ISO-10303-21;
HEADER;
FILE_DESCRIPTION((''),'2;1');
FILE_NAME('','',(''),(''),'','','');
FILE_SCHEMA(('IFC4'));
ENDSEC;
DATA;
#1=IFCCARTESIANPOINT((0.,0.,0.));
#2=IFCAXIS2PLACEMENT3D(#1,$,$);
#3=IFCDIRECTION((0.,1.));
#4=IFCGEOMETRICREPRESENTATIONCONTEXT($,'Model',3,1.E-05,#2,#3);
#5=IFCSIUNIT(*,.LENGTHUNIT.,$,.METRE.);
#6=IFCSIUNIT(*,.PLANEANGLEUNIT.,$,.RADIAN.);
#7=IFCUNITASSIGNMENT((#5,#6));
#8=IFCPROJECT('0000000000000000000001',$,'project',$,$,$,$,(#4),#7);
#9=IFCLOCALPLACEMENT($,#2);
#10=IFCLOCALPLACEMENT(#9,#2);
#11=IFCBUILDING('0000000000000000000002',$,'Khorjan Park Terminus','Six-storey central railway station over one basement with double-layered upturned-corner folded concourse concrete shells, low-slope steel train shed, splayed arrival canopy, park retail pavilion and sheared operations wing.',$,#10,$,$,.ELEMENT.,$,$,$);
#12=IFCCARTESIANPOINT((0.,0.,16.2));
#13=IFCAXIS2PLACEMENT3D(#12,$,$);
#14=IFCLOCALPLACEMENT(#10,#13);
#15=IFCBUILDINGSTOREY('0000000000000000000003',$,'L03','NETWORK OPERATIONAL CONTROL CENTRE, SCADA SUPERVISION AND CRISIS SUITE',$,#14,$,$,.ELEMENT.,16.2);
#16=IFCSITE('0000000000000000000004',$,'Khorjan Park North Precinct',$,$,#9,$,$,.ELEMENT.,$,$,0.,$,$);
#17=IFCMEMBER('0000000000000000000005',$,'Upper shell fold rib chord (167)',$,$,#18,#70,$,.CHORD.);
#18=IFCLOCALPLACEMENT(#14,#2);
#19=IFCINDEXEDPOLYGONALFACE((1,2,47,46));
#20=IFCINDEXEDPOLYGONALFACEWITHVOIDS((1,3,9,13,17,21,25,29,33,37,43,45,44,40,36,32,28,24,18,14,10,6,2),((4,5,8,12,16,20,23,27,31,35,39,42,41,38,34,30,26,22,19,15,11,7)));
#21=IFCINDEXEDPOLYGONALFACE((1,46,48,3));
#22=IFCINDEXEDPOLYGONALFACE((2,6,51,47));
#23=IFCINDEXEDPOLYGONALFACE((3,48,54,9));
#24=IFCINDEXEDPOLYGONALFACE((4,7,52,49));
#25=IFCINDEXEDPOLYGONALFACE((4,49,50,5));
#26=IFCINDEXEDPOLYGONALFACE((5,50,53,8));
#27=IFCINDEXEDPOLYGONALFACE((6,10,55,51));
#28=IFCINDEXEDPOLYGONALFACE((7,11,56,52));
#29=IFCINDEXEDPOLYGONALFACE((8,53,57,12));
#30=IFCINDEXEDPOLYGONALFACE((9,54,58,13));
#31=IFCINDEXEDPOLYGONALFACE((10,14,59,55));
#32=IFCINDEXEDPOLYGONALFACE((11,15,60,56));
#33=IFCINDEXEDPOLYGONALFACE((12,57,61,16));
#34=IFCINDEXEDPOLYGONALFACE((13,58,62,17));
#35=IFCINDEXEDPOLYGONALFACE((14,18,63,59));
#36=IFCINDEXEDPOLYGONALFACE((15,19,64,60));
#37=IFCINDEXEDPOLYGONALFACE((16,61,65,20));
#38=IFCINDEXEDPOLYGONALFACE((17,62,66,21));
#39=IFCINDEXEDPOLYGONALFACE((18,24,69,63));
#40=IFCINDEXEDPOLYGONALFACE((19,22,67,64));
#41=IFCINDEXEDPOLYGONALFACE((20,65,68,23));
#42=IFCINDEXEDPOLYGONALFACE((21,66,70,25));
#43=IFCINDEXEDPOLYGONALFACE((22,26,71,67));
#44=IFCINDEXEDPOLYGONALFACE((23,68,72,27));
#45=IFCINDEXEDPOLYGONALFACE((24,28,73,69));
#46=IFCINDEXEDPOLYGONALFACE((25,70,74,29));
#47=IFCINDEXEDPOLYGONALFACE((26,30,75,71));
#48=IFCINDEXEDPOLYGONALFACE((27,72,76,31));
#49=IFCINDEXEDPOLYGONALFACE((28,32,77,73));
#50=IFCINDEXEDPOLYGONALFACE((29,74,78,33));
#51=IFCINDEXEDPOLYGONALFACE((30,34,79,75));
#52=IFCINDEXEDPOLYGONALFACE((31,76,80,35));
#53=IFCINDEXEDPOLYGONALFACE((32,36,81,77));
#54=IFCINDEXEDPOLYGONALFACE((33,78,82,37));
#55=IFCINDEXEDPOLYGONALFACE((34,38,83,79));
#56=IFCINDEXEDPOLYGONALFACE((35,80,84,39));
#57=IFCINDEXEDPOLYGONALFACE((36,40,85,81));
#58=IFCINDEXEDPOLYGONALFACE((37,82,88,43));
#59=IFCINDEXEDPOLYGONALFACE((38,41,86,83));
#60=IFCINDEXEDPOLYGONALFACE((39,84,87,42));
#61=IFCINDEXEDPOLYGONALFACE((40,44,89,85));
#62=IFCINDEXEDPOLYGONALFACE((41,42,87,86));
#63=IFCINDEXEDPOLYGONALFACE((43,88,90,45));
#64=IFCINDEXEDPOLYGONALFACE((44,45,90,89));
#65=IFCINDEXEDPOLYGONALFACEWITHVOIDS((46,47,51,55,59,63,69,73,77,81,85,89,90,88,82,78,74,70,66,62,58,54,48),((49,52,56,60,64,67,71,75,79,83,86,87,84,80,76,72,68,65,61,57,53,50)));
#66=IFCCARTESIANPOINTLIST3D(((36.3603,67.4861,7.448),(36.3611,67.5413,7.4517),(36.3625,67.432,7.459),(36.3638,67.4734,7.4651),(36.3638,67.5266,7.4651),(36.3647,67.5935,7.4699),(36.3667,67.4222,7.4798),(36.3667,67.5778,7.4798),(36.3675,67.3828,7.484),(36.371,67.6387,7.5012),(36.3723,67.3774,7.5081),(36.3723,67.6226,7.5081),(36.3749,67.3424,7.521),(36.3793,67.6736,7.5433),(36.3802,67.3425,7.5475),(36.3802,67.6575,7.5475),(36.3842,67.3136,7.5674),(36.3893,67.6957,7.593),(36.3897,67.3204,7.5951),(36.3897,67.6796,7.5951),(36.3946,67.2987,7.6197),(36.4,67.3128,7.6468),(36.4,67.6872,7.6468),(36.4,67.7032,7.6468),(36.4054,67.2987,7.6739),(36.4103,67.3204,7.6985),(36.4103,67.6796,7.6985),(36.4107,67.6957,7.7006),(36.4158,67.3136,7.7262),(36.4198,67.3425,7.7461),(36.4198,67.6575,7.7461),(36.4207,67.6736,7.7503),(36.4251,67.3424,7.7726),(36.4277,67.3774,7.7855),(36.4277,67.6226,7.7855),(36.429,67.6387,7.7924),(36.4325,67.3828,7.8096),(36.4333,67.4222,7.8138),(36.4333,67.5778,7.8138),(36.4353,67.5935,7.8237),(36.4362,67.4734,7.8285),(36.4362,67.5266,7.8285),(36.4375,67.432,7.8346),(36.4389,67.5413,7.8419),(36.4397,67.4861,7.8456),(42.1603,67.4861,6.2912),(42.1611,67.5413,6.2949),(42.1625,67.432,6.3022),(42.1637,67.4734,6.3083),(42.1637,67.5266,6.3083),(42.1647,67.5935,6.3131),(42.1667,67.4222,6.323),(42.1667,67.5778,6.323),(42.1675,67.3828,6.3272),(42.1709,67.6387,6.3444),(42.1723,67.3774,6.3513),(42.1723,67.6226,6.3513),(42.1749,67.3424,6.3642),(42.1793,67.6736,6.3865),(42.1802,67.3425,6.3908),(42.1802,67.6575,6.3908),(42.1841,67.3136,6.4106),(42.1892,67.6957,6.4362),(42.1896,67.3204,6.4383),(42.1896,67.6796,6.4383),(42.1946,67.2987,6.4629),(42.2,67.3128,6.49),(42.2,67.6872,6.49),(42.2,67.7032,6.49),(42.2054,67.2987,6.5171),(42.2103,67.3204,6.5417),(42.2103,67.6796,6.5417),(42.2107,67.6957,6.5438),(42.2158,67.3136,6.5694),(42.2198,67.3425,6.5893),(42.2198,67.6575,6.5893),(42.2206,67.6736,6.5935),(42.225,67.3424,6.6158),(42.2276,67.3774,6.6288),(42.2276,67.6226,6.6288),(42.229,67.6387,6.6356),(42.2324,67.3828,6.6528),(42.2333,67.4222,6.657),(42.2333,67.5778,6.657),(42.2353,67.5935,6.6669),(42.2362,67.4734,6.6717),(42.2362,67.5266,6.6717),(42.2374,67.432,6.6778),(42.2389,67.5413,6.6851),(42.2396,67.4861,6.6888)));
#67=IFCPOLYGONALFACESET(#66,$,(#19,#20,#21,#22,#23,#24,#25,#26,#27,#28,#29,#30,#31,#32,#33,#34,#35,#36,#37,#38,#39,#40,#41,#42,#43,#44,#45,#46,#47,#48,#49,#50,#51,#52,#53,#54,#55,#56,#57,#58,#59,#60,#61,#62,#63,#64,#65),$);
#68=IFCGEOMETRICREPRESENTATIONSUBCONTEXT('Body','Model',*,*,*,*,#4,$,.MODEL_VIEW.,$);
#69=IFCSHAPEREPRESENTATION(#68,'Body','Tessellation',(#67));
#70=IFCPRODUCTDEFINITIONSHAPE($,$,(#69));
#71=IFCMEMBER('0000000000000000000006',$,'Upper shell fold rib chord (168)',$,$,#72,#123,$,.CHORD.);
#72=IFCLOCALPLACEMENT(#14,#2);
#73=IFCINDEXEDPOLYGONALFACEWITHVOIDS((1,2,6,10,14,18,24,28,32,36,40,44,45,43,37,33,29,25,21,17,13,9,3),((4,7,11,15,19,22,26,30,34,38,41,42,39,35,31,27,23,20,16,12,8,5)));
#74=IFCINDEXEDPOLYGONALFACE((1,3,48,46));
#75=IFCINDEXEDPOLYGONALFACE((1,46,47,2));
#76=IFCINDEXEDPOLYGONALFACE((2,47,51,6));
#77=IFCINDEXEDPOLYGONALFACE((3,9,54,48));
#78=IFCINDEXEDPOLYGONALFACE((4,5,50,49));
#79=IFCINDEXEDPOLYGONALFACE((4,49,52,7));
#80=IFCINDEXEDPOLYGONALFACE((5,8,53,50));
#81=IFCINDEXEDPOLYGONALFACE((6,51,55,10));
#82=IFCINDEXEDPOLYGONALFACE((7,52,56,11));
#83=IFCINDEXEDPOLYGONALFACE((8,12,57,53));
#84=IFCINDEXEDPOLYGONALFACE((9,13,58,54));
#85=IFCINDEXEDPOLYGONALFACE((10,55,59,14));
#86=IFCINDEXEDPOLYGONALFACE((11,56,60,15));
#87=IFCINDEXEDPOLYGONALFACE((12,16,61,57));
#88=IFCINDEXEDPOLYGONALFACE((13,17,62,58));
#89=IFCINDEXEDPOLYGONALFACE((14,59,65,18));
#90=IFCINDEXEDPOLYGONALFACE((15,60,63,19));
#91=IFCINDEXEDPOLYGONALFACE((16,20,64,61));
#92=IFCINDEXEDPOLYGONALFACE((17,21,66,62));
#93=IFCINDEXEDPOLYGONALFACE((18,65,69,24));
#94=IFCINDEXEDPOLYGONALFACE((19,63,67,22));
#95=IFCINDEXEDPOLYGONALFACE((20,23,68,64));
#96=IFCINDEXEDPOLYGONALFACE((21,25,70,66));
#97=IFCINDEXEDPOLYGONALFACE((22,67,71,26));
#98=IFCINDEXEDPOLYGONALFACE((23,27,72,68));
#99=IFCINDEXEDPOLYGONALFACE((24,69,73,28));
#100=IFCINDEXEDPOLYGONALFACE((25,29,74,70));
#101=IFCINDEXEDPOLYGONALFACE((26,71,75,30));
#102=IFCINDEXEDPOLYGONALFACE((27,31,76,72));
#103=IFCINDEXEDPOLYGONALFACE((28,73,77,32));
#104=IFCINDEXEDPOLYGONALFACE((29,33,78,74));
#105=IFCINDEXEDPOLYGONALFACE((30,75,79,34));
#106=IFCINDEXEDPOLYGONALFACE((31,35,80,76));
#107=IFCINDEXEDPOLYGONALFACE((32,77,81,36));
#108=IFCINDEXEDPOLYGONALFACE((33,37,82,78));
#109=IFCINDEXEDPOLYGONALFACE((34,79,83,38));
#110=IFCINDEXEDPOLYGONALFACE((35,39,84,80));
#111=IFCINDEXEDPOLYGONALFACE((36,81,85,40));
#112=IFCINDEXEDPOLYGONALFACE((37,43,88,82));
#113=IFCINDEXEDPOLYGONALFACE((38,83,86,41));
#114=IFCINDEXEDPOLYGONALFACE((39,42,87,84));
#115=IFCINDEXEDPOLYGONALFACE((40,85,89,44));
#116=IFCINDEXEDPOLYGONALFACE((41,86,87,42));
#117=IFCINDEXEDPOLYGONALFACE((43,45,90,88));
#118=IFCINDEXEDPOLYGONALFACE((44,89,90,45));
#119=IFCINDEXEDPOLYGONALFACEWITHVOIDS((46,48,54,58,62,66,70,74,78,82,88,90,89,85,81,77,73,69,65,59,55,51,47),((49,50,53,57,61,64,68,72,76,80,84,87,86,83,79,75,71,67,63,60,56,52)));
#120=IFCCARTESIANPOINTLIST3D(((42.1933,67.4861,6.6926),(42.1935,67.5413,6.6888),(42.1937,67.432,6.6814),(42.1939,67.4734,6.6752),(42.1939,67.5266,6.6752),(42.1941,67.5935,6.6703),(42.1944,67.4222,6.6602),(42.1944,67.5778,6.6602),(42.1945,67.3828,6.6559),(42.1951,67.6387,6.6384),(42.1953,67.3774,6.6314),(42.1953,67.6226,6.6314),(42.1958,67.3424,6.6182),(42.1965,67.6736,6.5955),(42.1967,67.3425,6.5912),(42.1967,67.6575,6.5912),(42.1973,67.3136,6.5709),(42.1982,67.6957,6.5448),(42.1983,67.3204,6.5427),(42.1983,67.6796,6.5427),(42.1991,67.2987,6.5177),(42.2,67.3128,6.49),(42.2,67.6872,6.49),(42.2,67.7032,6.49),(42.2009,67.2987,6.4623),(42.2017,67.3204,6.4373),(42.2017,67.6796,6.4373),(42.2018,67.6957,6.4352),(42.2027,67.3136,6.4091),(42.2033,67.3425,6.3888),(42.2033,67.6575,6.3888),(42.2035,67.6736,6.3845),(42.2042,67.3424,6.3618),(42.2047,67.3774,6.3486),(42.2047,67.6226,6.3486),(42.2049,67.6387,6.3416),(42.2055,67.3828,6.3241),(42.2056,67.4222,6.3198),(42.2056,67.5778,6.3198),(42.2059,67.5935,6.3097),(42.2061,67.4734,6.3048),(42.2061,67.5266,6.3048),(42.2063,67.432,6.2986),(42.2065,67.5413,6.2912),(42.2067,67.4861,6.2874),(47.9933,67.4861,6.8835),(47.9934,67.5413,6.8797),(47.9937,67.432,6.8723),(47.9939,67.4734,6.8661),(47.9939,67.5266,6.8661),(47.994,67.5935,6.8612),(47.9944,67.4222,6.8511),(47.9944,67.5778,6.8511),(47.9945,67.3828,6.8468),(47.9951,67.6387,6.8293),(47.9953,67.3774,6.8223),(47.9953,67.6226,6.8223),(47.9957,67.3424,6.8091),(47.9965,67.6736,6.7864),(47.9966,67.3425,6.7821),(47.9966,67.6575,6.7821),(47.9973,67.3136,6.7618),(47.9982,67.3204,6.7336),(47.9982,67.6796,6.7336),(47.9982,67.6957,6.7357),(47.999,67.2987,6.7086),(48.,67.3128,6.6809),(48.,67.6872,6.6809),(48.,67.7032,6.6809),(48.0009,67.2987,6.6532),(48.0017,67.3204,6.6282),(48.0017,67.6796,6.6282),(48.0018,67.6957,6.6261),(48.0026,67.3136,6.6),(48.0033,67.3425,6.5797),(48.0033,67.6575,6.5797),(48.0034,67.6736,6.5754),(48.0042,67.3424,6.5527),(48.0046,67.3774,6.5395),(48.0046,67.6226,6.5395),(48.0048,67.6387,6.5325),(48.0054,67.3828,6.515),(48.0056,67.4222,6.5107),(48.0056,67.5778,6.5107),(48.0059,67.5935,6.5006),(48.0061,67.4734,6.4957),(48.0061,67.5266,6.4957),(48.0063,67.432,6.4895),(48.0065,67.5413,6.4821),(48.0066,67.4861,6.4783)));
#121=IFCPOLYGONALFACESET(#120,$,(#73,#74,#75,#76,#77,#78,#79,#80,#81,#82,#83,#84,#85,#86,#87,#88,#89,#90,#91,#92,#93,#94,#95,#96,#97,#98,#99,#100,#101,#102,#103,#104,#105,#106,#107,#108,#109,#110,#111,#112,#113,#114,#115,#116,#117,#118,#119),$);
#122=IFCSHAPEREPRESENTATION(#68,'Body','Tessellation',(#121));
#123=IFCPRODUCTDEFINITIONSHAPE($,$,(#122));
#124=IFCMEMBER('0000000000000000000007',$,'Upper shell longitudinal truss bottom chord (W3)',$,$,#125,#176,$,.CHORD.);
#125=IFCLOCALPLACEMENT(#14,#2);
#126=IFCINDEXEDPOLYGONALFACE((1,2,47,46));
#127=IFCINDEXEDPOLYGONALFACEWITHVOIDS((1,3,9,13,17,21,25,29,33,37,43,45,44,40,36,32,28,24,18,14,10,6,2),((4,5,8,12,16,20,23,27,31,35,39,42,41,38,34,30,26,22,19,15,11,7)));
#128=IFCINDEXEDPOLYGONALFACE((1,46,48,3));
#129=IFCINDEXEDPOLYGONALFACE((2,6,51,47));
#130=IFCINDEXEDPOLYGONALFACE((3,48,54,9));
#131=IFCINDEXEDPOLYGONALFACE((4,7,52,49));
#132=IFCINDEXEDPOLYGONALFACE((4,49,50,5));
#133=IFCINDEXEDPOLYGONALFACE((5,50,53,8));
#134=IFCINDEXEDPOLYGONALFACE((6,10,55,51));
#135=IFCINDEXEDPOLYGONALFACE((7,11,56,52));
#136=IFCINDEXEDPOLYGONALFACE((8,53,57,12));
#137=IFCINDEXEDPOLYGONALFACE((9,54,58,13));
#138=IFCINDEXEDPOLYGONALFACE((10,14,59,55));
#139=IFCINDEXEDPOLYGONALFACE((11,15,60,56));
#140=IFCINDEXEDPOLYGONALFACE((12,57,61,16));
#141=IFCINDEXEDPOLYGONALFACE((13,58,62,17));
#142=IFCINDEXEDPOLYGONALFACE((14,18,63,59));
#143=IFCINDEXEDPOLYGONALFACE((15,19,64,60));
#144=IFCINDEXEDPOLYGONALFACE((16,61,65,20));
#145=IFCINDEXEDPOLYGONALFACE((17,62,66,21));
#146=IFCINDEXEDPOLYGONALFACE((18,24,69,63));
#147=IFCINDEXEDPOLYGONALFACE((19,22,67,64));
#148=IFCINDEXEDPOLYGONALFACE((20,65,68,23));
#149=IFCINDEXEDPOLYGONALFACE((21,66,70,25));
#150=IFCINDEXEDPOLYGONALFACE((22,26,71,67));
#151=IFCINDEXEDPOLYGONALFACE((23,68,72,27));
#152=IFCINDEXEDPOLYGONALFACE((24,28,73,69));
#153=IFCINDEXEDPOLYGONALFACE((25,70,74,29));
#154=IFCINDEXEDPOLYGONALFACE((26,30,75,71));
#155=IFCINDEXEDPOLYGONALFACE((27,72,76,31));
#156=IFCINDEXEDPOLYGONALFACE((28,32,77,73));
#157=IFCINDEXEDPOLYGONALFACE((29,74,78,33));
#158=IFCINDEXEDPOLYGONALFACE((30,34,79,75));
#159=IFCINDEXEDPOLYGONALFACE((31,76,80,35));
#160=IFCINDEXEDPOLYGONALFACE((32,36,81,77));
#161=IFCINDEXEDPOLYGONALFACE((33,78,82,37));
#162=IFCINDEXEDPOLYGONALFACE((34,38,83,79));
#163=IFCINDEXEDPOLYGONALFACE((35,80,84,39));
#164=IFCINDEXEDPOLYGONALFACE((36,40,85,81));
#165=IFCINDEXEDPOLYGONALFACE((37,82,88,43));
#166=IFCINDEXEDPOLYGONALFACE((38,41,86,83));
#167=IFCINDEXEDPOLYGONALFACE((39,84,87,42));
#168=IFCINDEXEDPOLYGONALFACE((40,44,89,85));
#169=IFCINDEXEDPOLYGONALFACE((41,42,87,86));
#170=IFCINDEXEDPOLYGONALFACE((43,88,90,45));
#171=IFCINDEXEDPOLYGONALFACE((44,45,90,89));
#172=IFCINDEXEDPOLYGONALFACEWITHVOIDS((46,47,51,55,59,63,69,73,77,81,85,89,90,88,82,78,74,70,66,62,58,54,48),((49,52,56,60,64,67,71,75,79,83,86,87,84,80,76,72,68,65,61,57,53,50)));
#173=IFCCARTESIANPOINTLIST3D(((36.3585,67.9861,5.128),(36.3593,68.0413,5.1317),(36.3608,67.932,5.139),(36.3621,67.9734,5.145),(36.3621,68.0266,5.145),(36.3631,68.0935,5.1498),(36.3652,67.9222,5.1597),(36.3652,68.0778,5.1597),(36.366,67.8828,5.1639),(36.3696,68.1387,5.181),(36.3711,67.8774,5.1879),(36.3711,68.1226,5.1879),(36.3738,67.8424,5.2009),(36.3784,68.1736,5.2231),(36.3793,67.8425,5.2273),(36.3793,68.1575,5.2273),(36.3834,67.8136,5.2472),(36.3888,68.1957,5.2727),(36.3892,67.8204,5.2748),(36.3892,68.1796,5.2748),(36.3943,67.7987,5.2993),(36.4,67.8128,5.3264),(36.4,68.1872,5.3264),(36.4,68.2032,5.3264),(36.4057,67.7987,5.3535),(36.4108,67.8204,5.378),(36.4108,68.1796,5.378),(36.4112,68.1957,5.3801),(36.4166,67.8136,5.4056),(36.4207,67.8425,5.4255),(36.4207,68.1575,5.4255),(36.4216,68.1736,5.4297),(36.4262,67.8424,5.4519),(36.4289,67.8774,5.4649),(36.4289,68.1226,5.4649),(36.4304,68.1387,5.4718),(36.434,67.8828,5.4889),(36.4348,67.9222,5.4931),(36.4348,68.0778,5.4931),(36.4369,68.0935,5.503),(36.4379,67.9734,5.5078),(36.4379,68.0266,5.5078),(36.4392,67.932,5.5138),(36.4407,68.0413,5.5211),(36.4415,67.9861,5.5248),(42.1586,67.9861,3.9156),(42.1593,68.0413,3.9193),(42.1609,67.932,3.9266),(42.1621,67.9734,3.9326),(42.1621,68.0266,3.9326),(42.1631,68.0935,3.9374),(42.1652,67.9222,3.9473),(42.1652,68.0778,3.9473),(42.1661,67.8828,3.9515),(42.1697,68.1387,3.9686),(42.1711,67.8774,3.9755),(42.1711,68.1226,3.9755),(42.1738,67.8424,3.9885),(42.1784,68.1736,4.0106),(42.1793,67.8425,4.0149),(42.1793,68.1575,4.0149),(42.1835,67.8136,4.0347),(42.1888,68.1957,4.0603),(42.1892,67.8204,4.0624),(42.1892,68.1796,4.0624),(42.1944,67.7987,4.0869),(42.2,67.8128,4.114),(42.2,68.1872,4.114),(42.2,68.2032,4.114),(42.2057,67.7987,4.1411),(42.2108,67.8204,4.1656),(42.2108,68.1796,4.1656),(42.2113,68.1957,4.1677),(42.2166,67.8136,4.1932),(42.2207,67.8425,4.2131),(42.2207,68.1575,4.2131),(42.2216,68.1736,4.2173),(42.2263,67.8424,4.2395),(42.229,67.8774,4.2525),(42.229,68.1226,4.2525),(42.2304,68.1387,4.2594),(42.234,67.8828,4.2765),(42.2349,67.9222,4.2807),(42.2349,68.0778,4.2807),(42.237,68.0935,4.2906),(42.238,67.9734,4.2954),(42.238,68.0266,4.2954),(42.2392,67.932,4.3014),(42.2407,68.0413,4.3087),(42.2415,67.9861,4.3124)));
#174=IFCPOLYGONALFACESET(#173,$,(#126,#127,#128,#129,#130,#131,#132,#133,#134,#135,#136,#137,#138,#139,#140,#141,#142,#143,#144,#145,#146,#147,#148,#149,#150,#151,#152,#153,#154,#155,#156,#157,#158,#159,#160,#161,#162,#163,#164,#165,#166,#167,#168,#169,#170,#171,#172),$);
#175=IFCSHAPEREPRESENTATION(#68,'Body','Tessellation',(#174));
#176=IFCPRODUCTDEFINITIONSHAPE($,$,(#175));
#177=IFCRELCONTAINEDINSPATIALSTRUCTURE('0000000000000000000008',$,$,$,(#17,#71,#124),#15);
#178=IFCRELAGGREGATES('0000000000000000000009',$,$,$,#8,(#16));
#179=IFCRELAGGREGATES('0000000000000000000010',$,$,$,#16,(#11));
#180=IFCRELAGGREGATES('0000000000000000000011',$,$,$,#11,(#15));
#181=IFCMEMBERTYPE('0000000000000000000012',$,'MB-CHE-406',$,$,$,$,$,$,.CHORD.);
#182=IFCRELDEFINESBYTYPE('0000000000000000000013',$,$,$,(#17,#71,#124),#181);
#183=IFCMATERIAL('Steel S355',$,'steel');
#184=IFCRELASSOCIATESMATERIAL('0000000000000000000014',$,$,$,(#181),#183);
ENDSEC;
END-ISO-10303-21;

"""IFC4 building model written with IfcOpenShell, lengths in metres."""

from ifc_helpers import new_model, si_unit, direction, frame, origin, origin_2d, place, context, subcontext, project, spatial, hollow_circle, extrude, material, material_profile, profile_set, type_object, element, save


model = new_model("IFC4")

# Units and contexts
model_context = context("Model", 3, precision=1e-05, world=origin(), true_north=direction((0.0, 1.0)))
body_context = subcontext(model_context, "Body", "Model", "MODEL_VIEW")
ifc_project = project(units=[si_unit("LENGTHUNIT", "METRE"), si_unit("PLANEANGLEUNIT", "RADIAN")], contexts=[model_context])

# Site, building, storey
site_placement = place(None, origin())
site = spatial("IfcSite", under=ifc_project, at=site_placement, Name="Khorjan Park North Precinct", CompositionType="ELEMENT", RefElevation=0.0)
building_placement = place(site_placement, origin())
building = spatial("IfcBuilding", under=site, at=building_placement, Name="Khorjan Park Terminus", Description="Six-storey central railway station over one basement with double-layered upturned-corner folded concourse concrete shells, low-slope steel train shed, splayed arrival canopy, park retail pavilion and sheared operations wing.", CompositionType="ELEMENT")
storey_placement = place(building_placement, frame((0.0, 0.0, 16.2)))
storey = spatial("IfcBuildingStorey", under=building, at=storey_placement, Name="L03", Description="NETWORK OPERATIONAL CONTROL CENTRE, SCADA SUPERVISION AND CRISIS SUITE", CompositionType="ELEMENT", Elevation=16.2)

# Members
ifc_material_1 = material(Name="Steel S355", Category="steel")
ifc_material_profile_1 = material_profile(ifc_material_1, hollow_circle(Radius=0.2032, WallThickness=0.016, at=origin_2d()), Name="CHS 406.4x16")
ifc_profile_set_1 = profile_set([ifc_material_profile_1], Name="Steel S355")
member_type_1 = type_object("IfcMemberType", Name="MB-CHE-406", PredefinedType="CHORD", material=ifc_profile_set_1)
member_1_placement = place(storey_placement, frame((36.4, 67.5, 7.6468), z_axis=(0.980685, 0.0, -0.195596), x_axis=(0.0, 1.0, 0.0)))
element("IfcMember", 1, at=member_1_placement, inside=storey, type_object=member_type_1, Name="Upper shell fold rib chord (167)", PredefinedType="CHORD", context=body_context, shape_type="SweptSolid", body=[
    extrude(hollow_circle(Radius=0.2032, WallThickness=0.016, at=origin_2d()), origin(), (0.0, 0.0, 1.0), 5.9142),
])
member_2_placement = place(storey_placement, frame((42.2, 67.5, 6.49), z_axis=(0.999459, 0.0, 0.032896), x_axis=(0.0, 1.0, 0.0)))
element("IfcMember", 2, at=member_2_placement, inside=storey, type_object=member_type_1, Name="Upper shell fold rib chord (168)", PredefinedType="CHORD", context=body_context, shape_type="SweptSolid", body=[
    extrude(hollow_circle(Radius=0.2032, WallThickness=0.016, at=origin_2d()), origin(), (0.0, 0.0, 1.0), 5.8031),
])
member_3_placement = place(storey_placement, frame((36.4, 68.0, 5.3264), z_axis=(0.978843, 0.0, -0.204612), x_axis=(0.0, 1.0, 0.0)))
element("IfcMember", 3, at=member_3_placement, inside=storey, type_object=member_type_1, Name="Upper shell longitudinal truss bottom chord (W3)", PredefinedType="CHORD", context=body_context, shape_type="SweptSolid", body=[
    extrude(hollow_circle(Radius=0.2032, WallThickness=0.016, at=origin_2d()), origin(), (0.0, 0.0, 1.0), 5.9254),
])

save(model, "model.ifc")
